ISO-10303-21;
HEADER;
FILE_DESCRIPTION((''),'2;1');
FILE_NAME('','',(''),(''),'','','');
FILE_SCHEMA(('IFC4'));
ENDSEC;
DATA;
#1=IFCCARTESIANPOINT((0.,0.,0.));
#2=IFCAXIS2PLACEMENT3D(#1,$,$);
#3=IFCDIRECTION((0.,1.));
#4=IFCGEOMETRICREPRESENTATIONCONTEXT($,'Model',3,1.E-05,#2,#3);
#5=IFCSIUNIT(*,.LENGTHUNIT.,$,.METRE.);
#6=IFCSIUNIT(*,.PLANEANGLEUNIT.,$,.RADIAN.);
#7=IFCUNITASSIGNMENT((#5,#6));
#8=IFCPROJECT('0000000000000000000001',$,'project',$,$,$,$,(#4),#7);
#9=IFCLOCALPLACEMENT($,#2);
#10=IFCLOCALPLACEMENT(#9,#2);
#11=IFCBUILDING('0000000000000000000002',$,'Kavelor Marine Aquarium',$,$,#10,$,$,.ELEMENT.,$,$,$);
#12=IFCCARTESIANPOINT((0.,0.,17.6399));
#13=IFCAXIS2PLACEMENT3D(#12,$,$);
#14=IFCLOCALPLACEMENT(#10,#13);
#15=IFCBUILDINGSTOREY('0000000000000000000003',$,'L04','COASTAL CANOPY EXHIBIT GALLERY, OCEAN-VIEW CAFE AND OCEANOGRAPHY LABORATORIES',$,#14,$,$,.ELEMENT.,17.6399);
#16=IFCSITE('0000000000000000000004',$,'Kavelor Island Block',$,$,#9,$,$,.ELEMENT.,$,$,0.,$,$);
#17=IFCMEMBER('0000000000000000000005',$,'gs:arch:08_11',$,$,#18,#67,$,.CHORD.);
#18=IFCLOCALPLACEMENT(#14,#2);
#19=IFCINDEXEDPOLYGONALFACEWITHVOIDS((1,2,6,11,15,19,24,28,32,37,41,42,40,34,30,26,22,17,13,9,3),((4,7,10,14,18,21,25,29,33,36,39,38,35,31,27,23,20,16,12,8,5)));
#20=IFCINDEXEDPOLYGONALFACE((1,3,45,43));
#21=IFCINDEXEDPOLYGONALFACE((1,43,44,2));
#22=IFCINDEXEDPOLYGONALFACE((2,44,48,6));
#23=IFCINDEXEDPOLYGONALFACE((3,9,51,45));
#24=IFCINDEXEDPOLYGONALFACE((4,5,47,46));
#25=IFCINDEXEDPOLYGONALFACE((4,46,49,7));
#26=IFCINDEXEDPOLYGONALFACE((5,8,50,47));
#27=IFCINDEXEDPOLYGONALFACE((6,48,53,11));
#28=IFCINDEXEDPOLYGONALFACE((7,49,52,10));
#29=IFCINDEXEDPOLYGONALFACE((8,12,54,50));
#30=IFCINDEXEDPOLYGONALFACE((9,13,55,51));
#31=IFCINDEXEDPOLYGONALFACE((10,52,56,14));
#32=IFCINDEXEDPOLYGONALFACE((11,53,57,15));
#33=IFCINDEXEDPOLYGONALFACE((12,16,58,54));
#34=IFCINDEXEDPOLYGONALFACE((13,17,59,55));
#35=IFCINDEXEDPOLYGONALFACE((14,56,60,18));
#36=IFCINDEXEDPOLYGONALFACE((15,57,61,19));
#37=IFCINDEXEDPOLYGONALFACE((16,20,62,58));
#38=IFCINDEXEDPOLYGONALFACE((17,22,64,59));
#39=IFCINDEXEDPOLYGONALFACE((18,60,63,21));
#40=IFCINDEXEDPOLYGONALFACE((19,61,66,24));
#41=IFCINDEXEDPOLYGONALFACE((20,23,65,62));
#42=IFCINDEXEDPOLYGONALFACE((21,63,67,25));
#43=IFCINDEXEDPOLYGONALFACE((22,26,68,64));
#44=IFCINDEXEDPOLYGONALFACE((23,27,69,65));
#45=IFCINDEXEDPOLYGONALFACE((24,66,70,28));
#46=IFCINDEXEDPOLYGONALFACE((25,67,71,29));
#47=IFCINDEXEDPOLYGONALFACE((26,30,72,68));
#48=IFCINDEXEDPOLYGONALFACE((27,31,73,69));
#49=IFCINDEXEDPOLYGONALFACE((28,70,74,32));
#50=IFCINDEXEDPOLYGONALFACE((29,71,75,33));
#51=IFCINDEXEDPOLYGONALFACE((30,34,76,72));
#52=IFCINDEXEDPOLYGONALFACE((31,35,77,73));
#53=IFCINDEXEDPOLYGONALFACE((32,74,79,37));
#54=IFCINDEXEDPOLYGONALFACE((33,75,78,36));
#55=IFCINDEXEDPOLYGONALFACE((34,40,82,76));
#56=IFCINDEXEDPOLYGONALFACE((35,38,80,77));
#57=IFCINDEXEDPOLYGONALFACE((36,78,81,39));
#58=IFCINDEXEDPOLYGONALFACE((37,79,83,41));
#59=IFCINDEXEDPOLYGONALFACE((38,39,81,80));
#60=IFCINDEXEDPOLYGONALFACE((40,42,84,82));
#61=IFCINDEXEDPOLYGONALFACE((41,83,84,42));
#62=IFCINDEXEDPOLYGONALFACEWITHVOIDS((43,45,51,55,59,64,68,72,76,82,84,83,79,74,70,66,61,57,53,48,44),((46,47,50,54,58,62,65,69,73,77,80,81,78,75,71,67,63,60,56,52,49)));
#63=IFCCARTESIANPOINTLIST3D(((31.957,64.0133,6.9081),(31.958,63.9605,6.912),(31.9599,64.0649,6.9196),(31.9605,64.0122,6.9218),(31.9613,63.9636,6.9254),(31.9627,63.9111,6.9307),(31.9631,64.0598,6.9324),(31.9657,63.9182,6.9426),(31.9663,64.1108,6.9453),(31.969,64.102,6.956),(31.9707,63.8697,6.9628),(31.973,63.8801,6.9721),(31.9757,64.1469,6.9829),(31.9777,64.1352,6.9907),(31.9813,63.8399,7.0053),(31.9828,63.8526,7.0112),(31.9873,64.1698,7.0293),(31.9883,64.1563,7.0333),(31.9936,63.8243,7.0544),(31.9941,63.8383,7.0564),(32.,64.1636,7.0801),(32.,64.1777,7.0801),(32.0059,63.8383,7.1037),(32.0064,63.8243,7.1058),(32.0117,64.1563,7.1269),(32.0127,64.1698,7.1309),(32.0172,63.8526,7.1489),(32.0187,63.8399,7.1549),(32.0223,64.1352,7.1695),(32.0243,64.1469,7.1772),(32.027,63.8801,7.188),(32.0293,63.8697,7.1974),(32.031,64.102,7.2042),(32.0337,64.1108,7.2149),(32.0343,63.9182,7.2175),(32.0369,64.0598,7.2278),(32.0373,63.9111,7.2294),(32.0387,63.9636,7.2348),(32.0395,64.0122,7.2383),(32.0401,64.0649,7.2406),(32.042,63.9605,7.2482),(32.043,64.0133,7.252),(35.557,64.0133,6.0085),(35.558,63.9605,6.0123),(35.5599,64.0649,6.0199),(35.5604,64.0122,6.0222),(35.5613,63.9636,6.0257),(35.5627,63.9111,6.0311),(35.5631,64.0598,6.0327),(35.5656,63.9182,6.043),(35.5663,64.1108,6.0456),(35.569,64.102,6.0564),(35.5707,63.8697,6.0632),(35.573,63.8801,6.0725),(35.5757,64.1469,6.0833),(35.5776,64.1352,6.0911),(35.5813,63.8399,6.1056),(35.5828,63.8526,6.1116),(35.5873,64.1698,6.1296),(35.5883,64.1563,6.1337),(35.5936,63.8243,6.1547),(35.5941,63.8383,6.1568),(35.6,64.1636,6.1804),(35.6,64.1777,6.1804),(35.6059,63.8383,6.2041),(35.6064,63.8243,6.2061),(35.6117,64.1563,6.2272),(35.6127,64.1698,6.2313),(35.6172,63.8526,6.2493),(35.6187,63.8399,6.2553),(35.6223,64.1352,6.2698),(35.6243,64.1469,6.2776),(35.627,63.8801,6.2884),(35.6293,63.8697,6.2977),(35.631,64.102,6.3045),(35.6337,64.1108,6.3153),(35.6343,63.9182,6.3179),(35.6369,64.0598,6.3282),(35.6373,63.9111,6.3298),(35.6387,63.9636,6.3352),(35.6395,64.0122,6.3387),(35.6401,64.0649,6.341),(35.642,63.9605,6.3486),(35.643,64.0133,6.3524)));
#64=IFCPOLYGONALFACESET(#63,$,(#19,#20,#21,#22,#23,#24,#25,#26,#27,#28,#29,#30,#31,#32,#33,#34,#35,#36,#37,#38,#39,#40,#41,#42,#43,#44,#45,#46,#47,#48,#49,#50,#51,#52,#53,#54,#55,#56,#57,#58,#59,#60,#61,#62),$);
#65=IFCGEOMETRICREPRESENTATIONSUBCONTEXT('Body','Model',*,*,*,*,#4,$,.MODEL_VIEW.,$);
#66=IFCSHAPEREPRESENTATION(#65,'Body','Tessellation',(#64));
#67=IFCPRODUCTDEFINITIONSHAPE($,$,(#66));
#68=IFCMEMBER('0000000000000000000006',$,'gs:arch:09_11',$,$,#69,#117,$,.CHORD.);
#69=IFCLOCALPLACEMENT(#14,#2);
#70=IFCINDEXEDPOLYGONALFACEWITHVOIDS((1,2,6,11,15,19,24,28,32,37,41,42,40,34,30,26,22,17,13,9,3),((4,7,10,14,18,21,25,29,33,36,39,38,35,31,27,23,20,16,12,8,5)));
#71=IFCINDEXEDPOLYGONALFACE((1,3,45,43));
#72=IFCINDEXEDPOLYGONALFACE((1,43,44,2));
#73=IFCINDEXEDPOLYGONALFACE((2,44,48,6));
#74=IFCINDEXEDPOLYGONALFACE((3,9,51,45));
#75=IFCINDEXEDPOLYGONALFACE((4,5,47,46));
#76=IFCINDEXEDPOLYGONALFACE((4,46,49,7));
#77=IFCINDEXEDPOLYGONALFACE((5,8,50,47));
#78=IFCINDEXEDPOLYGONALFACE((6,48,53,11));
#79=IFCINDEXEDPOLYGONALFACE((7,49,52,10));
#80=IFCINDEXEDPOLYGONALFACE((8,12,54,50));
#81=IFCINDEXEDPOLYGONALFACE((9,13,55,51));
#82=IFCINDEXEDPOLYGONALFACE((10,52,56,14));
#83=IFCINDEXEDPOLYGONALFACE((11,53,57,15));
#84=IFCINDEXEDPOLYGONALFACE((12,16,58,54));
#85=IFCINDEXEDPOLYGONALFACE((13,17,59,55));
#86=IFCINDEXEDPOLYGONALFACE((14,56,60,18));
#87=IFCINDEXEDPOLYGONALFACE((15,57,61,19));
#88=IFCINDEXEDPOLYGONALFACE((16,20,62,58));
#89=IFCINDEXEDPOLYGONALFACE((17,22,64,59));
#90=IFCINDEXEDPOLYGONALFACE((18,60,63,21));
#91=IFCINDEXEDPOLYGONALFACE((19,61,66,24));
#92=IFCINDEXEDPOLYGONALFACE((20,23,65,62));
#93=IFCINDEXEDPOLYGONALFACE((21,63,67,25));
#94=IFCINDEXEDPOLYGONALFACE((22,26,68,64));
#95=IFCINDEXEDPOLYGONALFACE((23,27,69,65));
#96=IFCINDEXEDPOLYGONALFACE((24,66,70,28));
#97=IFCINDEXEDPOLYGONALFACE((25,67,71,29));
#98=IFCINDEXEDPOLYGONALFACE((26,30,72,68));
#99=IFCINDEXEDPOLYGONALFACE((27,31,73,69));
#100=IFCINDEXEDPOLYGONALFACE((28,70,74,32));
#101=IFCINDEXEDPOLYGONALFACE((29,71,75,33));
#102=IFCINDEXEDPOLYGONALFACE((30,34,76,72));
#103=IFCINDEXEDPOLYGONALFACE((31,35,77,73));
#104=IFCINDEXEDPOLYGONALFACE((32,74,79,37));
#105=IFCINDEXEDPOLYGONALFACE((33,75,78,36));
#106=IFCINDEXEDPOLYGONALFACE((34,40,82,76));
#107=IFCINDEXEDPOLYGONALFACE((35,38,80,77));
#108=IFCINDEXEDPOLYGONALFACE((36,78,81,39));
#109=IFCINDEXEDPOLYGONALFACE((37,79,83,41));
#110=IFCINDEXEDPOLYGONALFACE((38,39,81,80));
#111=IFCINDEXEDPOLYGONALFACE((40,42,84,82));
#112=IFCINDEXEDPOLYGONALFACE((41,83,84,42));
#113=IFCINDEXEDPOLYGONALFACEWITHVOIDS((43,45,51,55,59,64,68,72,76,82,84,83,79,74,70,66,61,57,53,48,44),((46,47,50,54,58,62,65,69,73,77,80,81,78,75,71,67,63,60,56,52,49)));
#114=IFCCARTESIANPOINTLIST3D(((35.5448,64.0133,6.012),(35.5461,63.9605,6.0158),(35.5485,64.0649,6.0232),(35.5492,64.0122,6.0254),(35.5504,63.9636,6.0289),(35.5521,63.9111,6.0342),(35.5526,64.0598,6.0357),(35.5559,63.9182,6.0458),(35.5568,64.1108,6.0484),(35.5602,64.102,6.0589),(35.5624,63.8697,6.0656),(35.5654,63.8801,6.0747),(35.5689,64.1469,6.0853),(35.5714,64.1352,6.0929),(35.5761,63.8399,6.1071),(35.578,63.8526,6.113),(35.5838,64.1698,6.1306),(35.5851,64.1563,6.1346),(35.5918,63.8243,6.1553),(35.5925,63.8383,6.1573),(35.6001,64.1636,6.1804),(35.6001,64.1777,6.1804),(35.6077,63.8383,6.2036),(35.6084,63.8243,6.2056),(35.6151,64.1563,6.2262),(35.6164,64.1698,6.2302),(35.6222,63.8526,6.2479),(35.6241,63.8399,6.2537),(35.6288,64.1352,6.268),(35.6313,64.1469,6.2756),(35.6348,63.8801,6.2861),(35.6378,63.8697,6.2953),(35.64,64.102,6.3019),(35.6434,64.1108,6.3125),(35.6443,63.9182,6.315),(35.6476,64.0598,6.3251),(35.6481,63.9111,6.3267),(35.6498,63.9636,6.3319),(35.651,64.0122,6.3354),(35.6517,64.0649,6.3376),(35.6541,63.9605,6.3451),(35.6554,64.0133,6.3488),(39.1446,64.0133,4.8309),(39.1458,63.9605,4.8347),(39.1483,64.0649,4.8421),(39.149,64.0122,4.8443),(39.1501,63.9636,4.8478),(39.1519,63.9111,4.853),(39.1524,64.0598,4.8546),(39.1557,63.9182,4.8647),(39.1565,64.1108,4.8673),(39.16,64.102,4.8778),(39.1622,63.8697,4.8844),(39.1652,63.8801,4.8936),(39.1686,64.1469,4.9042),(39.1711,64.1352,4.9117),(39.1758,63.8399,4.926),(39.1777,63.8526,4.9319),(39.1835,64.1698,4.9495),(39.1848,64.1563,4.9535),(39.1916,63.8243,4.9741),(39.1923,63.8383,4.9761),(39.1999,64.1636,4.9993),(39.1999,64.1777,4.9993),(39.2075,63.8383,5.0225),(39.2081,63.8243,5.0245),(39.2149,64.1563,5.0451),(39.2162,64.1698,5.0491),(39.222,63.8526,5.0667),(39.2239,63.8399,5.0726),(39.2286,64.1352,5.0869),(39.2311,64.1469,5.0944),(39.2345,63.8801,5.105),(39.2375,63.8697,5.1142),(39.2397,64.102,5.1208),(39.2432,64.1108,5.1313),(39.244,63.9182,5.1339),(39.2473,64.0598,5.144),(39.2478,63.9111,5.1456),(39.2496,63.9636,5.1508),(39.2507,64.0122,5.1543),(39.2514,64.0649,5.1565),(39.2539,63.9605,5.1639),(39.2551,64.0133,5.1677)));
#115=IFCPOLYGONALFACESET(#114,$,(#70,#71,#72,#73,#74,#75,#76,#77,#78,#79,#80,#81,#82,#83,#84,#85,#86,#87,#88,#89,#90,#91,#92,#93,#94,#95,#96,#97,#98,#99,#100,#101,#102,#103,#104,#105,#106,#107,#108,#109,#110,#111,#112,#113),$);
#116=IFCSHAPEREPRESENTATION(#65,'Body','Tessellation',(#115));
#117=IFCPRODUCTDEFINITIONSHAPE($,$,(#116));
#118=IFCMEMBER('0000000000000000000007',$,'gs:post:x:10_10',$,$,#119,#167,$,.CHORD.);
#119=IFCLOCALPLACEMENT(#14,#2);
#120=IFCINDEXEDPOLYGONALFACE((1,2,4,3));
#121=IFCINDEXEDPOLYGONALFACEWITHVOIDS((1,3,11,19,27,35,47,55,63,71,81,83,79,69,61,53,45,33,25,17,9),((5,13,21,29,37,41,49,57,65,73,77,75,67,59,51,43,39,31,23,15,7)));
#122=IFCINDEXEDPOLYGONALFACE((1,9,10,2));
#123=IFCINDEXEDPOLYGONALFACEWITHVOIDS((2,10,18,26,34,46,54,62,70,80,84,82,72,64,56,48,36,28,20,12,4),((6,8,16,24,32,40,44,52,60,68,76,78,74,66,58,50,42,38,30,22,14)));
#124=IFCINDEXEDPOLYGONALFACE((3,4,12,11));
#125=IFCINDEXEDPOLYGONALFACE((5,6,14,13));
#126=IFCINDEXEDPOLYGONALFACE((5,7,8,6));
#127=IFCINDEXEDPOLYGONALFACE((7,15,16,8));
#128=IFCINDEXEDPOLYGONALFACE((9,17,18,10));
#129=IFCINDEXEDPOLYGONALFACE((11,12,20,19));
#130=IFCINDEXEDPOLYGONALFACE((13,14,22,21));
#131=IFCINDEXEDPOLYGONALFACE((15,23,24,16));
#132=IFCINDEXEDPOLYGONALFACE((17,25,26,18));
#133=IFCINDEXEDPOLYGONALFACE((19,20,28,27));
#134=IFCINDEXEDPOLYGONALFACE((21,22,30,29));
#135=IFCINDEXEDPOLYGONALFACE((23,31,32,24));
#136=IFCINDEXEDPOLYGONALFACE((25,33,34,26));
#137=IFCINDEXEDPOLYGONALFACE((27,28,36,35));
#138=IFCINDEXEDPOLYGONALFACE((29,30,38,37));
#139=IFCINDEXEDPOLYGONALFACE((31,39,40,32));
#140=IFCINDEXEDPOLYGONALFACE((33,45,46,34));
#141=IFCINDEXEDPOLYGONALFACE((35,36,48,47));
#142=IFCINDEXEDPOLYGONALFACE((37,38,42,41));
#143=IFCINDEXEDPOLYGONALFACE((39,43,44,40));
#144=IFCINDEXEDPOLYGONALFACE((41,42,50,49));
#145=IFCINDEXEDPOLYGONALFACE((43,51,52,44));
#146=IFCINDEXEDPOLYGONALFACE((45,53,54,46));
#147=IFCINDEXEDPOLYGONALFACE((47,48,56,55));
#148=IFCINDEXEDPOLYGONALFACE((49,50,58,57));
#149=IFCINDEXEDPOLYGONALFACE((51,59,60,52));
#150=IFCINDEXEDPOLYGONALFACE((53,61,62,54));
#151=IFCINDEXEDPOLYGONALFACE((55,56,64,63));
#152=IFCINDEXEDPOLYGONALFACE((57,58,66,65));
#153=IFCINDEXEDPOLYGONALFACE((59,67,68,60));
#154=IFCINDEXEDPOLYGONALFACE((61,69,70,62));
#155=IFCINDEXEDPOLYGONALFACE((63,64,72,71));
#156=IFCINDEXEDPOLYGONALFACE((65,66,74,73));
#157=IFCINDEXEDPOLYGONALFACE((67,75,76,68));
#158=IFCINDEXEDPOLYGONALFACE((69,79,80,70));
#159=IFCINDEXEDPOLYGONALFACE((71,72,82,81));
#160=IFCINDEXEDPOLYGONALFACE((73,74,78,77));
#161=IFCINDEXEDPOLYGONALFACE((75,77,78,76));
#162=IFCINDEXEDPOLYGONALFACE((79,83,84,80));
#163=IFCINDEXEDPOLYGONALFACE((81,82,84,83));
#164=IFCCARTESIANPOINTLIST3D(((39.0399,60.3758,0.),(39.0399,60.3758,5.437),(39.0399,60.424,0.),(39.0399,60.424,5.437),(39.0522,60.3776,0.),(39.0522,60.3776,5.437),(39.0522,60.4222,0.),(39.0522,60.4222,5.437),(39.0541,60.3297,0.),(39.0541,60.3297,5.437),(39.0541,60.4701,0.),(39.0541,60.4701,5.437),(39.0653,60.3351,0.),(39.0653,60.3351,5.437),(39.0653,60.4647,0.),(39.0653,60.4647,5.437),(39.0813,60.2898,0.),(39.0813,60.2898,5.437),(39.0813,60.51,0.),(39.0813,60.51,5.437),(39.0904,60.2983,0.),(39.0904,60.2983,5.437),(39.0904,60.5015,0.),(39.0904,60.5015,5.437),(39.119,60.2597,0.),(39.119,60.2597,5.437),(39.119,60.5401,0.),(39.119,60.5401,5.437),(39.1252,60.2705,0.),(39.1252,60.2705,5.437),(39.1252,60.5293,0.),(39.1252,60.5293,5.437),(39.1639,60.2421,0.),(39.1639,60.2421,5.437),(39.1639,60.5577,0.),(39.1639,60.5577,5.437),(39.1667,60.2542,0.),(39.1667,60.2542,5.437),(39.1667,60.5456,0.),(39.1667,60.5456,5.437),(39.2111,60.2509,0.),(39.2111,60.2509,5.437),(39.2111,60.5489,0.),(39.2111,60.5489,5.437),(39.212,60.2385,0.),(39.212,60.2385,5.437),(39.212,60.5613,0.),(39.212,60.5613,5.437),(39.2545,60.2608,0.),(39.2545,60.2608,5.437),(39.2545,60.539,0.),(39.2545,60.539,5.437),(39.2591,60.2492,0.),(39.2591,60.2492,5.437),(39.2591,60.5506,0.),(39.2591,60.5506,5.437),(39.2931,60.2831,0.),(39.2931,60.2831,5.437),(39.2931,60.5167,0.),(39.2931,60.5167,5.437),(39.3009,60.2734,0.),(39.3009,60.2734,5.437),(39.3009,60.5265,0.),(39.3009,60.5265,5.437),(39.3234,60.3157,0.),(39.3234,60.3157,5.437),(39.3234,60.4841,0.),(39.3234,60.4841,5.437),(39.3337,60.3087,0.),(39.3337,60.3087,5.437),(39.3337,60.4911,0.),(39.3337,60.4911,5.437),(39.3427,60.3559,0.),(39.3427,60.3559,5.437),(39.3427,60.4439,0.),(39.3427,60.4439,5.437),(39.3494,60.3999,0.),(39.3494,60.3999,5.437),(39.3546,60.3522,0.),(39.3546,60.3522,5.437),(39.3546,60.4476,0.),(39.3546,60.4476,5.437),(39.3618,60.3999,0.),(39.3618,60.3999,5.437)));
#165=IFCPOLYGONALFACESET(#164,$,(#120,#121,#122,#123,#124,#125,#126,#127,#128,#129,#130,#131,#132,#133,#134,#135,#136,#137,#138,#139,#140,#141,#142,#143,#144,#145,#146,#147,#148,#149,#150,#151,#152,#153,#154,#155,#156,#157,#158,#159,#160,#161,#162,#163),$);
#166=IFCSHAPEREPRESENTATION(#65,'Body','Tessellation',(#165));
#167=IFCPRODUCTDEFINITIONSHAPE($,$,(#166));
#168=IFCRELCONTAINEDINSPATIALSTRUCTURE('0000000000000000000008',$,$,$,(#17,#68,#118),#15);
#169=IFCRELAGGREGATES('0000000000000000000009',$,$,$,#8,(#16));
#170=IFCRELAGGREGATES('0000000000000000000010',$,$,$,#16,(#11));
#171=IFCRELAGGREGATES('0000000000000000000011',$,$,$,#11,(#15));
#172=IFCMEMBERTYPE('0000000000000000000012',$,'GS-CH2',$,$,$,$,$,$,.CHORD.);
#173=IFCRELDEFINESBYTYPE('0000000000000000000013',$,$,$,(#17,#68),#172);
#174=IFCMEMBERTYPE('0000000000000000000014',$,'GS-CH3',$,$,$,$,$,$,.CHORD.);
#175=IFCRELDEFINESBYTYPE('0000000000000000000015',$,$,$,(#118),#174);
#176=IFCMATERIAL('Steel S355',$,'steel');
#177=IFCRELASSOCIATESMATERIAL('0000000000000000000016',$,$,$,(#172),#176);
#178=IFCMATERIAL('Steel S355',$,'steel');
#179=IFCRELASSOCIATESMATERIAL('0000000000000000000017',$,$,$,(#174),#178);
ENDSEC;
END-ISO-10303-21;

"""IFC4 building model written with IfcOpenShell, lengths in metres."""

from ifc_helpers import new_model, si_unit, direction, frame, origin, origin_2d, place, context, subcontext, project, spatial, hollow_circle, extrude, material, material_profile, profile_set, type_object, element, save


model = new_model("IFC4")

# Units and contexts
model_context = context("Model", 3, precision=1e-05, world=origin(), true_north=direction((0.0, 1.0)))
body_context = subcontext(model_context, "Body", "Model", "MODEL_VIEW")
ifc_project = project(units=[si_unit("LENGTHUNIT", "METRE"), si_unit("PLANEANGLEUNIT", "RADIAN")], contexts=[model_context])

# Site, building, storey
site_placement = place(None, origin())
site = spatial("IfcSite", under=ifc_project, at=site_placement, Name="Kavelor Island Block", CompositionType="ELEMENT", RefElevation=0.0)
building_placement = place(site_placement, origin())
building = spatial("IfcBuilding", under=site, at=building_placement, Name="Kavelor Marine Aquarium", CompositionType="ELEMENT")
storey_placement = place(building_placement, frame((0.0, 0.0, 17.6399)))
storey = spatial("IfcBuildingStorey", under=building, at=storey_placement, Name="L04", Description="COASTAL CANOPY EXHIBIT GALLERY, OCEAN-VIEW CAFE AND OCEANOGRAPHY LABORATORIES", CompositionType="ELEMENT", Elevation=17.6399)

# Members
ifc_material_1 = material(Name="Steel S355", Category="steel")
ifc_material_profile_1 = material_profile(ifc_material_1, hollow_circle(Radius=0.1777, WallThickness=0.0142, at=origin_2d()), Name="CHS 355.6x14.2")
ifc_profile_set_1 = profile_set([ifc_material_profile_1], Name="Steel S355")
member_type_1 = type_object("IfcMemberType", Name="GS-CH2", PredefinedType="CHORD", material=ifc_profile_set_1)
member_1_placement = place(storey_placement, frame((32.0, 64.0, 7.0801), z_axis=(0.970166, 0.0, -0.242443), x_axis=(0.0, 1.0, 0.0)))
element("IfcMember", 1, at=member_1_placement, inside=storey, type_object=member_type_1, Name="gs:arch:08_11", PredefinedType="CHORD", context=body_context, shape_type="SweptSolid", body=[
    extrude(hollow_circle(Radius=0.1777, WallThickness=0.0142, at=origin_2d()), origin(), (0.0, 0.0, 1.0), 3.7107),
])
member_2_placement = place(storey_placement, frame((35.6001, 64.0, 6.1804), z_axis=(0.950161, 0.0, -0.311759), x_axis=(0.0, 1.0, 0.0)))
element("IfcMember", 2, at=member_2_placement, inside=storey, type_object=member_type_1, Name="gs:arch:09_11", PredefinedType="CHORD", context=body_context, shape_type="SweptSolid", body=[
    extrude(hollow_circle(Radius=0.1777, WallThickness=0.0142, at=origin_2d()), origin(), (0.0, 0.0, 1.0), 3.7886),
])
ifc_material_2 = material(Name="Steel S355", Category="steel")
ifc_material_profile_2 = material_profile(ifc_material_2, hollow_circle(Radius=0.1619, WallThickness=0.0125, at=origin_2d()), Name="CHS 323.9x12.5")
ifc_profile_set_2 = profile_set([ifc_material_profile_2], Name="Steel S355")
member_type_2 = type_object("IfcMemberType", Name="GS-CH3", PredefinedType="CHORD", material=ifc_profile_set_2)
member_3_placement = place(storey_placement, frame((39.2, 60.3999, 0.0), z_axis=(0.0, 0.0, 1.0), x_axis=(1.0, 0.0, 0.0)))
element("IfcMember", 3, at=member_3_placement, inside=storey, type_object=member_type_2, Name="gs:post:x:10_10", PredefinedType="CHORD", context=body_context, shape_type="SweptSolid", body=[
    extrude(hollow_circle(Radius=0.1619, WallThickness=0.0125, at=origin_2d()), origin(), (0.0, 0.0, 1.0), 5.437),
])

save(model, "model.ifc")
